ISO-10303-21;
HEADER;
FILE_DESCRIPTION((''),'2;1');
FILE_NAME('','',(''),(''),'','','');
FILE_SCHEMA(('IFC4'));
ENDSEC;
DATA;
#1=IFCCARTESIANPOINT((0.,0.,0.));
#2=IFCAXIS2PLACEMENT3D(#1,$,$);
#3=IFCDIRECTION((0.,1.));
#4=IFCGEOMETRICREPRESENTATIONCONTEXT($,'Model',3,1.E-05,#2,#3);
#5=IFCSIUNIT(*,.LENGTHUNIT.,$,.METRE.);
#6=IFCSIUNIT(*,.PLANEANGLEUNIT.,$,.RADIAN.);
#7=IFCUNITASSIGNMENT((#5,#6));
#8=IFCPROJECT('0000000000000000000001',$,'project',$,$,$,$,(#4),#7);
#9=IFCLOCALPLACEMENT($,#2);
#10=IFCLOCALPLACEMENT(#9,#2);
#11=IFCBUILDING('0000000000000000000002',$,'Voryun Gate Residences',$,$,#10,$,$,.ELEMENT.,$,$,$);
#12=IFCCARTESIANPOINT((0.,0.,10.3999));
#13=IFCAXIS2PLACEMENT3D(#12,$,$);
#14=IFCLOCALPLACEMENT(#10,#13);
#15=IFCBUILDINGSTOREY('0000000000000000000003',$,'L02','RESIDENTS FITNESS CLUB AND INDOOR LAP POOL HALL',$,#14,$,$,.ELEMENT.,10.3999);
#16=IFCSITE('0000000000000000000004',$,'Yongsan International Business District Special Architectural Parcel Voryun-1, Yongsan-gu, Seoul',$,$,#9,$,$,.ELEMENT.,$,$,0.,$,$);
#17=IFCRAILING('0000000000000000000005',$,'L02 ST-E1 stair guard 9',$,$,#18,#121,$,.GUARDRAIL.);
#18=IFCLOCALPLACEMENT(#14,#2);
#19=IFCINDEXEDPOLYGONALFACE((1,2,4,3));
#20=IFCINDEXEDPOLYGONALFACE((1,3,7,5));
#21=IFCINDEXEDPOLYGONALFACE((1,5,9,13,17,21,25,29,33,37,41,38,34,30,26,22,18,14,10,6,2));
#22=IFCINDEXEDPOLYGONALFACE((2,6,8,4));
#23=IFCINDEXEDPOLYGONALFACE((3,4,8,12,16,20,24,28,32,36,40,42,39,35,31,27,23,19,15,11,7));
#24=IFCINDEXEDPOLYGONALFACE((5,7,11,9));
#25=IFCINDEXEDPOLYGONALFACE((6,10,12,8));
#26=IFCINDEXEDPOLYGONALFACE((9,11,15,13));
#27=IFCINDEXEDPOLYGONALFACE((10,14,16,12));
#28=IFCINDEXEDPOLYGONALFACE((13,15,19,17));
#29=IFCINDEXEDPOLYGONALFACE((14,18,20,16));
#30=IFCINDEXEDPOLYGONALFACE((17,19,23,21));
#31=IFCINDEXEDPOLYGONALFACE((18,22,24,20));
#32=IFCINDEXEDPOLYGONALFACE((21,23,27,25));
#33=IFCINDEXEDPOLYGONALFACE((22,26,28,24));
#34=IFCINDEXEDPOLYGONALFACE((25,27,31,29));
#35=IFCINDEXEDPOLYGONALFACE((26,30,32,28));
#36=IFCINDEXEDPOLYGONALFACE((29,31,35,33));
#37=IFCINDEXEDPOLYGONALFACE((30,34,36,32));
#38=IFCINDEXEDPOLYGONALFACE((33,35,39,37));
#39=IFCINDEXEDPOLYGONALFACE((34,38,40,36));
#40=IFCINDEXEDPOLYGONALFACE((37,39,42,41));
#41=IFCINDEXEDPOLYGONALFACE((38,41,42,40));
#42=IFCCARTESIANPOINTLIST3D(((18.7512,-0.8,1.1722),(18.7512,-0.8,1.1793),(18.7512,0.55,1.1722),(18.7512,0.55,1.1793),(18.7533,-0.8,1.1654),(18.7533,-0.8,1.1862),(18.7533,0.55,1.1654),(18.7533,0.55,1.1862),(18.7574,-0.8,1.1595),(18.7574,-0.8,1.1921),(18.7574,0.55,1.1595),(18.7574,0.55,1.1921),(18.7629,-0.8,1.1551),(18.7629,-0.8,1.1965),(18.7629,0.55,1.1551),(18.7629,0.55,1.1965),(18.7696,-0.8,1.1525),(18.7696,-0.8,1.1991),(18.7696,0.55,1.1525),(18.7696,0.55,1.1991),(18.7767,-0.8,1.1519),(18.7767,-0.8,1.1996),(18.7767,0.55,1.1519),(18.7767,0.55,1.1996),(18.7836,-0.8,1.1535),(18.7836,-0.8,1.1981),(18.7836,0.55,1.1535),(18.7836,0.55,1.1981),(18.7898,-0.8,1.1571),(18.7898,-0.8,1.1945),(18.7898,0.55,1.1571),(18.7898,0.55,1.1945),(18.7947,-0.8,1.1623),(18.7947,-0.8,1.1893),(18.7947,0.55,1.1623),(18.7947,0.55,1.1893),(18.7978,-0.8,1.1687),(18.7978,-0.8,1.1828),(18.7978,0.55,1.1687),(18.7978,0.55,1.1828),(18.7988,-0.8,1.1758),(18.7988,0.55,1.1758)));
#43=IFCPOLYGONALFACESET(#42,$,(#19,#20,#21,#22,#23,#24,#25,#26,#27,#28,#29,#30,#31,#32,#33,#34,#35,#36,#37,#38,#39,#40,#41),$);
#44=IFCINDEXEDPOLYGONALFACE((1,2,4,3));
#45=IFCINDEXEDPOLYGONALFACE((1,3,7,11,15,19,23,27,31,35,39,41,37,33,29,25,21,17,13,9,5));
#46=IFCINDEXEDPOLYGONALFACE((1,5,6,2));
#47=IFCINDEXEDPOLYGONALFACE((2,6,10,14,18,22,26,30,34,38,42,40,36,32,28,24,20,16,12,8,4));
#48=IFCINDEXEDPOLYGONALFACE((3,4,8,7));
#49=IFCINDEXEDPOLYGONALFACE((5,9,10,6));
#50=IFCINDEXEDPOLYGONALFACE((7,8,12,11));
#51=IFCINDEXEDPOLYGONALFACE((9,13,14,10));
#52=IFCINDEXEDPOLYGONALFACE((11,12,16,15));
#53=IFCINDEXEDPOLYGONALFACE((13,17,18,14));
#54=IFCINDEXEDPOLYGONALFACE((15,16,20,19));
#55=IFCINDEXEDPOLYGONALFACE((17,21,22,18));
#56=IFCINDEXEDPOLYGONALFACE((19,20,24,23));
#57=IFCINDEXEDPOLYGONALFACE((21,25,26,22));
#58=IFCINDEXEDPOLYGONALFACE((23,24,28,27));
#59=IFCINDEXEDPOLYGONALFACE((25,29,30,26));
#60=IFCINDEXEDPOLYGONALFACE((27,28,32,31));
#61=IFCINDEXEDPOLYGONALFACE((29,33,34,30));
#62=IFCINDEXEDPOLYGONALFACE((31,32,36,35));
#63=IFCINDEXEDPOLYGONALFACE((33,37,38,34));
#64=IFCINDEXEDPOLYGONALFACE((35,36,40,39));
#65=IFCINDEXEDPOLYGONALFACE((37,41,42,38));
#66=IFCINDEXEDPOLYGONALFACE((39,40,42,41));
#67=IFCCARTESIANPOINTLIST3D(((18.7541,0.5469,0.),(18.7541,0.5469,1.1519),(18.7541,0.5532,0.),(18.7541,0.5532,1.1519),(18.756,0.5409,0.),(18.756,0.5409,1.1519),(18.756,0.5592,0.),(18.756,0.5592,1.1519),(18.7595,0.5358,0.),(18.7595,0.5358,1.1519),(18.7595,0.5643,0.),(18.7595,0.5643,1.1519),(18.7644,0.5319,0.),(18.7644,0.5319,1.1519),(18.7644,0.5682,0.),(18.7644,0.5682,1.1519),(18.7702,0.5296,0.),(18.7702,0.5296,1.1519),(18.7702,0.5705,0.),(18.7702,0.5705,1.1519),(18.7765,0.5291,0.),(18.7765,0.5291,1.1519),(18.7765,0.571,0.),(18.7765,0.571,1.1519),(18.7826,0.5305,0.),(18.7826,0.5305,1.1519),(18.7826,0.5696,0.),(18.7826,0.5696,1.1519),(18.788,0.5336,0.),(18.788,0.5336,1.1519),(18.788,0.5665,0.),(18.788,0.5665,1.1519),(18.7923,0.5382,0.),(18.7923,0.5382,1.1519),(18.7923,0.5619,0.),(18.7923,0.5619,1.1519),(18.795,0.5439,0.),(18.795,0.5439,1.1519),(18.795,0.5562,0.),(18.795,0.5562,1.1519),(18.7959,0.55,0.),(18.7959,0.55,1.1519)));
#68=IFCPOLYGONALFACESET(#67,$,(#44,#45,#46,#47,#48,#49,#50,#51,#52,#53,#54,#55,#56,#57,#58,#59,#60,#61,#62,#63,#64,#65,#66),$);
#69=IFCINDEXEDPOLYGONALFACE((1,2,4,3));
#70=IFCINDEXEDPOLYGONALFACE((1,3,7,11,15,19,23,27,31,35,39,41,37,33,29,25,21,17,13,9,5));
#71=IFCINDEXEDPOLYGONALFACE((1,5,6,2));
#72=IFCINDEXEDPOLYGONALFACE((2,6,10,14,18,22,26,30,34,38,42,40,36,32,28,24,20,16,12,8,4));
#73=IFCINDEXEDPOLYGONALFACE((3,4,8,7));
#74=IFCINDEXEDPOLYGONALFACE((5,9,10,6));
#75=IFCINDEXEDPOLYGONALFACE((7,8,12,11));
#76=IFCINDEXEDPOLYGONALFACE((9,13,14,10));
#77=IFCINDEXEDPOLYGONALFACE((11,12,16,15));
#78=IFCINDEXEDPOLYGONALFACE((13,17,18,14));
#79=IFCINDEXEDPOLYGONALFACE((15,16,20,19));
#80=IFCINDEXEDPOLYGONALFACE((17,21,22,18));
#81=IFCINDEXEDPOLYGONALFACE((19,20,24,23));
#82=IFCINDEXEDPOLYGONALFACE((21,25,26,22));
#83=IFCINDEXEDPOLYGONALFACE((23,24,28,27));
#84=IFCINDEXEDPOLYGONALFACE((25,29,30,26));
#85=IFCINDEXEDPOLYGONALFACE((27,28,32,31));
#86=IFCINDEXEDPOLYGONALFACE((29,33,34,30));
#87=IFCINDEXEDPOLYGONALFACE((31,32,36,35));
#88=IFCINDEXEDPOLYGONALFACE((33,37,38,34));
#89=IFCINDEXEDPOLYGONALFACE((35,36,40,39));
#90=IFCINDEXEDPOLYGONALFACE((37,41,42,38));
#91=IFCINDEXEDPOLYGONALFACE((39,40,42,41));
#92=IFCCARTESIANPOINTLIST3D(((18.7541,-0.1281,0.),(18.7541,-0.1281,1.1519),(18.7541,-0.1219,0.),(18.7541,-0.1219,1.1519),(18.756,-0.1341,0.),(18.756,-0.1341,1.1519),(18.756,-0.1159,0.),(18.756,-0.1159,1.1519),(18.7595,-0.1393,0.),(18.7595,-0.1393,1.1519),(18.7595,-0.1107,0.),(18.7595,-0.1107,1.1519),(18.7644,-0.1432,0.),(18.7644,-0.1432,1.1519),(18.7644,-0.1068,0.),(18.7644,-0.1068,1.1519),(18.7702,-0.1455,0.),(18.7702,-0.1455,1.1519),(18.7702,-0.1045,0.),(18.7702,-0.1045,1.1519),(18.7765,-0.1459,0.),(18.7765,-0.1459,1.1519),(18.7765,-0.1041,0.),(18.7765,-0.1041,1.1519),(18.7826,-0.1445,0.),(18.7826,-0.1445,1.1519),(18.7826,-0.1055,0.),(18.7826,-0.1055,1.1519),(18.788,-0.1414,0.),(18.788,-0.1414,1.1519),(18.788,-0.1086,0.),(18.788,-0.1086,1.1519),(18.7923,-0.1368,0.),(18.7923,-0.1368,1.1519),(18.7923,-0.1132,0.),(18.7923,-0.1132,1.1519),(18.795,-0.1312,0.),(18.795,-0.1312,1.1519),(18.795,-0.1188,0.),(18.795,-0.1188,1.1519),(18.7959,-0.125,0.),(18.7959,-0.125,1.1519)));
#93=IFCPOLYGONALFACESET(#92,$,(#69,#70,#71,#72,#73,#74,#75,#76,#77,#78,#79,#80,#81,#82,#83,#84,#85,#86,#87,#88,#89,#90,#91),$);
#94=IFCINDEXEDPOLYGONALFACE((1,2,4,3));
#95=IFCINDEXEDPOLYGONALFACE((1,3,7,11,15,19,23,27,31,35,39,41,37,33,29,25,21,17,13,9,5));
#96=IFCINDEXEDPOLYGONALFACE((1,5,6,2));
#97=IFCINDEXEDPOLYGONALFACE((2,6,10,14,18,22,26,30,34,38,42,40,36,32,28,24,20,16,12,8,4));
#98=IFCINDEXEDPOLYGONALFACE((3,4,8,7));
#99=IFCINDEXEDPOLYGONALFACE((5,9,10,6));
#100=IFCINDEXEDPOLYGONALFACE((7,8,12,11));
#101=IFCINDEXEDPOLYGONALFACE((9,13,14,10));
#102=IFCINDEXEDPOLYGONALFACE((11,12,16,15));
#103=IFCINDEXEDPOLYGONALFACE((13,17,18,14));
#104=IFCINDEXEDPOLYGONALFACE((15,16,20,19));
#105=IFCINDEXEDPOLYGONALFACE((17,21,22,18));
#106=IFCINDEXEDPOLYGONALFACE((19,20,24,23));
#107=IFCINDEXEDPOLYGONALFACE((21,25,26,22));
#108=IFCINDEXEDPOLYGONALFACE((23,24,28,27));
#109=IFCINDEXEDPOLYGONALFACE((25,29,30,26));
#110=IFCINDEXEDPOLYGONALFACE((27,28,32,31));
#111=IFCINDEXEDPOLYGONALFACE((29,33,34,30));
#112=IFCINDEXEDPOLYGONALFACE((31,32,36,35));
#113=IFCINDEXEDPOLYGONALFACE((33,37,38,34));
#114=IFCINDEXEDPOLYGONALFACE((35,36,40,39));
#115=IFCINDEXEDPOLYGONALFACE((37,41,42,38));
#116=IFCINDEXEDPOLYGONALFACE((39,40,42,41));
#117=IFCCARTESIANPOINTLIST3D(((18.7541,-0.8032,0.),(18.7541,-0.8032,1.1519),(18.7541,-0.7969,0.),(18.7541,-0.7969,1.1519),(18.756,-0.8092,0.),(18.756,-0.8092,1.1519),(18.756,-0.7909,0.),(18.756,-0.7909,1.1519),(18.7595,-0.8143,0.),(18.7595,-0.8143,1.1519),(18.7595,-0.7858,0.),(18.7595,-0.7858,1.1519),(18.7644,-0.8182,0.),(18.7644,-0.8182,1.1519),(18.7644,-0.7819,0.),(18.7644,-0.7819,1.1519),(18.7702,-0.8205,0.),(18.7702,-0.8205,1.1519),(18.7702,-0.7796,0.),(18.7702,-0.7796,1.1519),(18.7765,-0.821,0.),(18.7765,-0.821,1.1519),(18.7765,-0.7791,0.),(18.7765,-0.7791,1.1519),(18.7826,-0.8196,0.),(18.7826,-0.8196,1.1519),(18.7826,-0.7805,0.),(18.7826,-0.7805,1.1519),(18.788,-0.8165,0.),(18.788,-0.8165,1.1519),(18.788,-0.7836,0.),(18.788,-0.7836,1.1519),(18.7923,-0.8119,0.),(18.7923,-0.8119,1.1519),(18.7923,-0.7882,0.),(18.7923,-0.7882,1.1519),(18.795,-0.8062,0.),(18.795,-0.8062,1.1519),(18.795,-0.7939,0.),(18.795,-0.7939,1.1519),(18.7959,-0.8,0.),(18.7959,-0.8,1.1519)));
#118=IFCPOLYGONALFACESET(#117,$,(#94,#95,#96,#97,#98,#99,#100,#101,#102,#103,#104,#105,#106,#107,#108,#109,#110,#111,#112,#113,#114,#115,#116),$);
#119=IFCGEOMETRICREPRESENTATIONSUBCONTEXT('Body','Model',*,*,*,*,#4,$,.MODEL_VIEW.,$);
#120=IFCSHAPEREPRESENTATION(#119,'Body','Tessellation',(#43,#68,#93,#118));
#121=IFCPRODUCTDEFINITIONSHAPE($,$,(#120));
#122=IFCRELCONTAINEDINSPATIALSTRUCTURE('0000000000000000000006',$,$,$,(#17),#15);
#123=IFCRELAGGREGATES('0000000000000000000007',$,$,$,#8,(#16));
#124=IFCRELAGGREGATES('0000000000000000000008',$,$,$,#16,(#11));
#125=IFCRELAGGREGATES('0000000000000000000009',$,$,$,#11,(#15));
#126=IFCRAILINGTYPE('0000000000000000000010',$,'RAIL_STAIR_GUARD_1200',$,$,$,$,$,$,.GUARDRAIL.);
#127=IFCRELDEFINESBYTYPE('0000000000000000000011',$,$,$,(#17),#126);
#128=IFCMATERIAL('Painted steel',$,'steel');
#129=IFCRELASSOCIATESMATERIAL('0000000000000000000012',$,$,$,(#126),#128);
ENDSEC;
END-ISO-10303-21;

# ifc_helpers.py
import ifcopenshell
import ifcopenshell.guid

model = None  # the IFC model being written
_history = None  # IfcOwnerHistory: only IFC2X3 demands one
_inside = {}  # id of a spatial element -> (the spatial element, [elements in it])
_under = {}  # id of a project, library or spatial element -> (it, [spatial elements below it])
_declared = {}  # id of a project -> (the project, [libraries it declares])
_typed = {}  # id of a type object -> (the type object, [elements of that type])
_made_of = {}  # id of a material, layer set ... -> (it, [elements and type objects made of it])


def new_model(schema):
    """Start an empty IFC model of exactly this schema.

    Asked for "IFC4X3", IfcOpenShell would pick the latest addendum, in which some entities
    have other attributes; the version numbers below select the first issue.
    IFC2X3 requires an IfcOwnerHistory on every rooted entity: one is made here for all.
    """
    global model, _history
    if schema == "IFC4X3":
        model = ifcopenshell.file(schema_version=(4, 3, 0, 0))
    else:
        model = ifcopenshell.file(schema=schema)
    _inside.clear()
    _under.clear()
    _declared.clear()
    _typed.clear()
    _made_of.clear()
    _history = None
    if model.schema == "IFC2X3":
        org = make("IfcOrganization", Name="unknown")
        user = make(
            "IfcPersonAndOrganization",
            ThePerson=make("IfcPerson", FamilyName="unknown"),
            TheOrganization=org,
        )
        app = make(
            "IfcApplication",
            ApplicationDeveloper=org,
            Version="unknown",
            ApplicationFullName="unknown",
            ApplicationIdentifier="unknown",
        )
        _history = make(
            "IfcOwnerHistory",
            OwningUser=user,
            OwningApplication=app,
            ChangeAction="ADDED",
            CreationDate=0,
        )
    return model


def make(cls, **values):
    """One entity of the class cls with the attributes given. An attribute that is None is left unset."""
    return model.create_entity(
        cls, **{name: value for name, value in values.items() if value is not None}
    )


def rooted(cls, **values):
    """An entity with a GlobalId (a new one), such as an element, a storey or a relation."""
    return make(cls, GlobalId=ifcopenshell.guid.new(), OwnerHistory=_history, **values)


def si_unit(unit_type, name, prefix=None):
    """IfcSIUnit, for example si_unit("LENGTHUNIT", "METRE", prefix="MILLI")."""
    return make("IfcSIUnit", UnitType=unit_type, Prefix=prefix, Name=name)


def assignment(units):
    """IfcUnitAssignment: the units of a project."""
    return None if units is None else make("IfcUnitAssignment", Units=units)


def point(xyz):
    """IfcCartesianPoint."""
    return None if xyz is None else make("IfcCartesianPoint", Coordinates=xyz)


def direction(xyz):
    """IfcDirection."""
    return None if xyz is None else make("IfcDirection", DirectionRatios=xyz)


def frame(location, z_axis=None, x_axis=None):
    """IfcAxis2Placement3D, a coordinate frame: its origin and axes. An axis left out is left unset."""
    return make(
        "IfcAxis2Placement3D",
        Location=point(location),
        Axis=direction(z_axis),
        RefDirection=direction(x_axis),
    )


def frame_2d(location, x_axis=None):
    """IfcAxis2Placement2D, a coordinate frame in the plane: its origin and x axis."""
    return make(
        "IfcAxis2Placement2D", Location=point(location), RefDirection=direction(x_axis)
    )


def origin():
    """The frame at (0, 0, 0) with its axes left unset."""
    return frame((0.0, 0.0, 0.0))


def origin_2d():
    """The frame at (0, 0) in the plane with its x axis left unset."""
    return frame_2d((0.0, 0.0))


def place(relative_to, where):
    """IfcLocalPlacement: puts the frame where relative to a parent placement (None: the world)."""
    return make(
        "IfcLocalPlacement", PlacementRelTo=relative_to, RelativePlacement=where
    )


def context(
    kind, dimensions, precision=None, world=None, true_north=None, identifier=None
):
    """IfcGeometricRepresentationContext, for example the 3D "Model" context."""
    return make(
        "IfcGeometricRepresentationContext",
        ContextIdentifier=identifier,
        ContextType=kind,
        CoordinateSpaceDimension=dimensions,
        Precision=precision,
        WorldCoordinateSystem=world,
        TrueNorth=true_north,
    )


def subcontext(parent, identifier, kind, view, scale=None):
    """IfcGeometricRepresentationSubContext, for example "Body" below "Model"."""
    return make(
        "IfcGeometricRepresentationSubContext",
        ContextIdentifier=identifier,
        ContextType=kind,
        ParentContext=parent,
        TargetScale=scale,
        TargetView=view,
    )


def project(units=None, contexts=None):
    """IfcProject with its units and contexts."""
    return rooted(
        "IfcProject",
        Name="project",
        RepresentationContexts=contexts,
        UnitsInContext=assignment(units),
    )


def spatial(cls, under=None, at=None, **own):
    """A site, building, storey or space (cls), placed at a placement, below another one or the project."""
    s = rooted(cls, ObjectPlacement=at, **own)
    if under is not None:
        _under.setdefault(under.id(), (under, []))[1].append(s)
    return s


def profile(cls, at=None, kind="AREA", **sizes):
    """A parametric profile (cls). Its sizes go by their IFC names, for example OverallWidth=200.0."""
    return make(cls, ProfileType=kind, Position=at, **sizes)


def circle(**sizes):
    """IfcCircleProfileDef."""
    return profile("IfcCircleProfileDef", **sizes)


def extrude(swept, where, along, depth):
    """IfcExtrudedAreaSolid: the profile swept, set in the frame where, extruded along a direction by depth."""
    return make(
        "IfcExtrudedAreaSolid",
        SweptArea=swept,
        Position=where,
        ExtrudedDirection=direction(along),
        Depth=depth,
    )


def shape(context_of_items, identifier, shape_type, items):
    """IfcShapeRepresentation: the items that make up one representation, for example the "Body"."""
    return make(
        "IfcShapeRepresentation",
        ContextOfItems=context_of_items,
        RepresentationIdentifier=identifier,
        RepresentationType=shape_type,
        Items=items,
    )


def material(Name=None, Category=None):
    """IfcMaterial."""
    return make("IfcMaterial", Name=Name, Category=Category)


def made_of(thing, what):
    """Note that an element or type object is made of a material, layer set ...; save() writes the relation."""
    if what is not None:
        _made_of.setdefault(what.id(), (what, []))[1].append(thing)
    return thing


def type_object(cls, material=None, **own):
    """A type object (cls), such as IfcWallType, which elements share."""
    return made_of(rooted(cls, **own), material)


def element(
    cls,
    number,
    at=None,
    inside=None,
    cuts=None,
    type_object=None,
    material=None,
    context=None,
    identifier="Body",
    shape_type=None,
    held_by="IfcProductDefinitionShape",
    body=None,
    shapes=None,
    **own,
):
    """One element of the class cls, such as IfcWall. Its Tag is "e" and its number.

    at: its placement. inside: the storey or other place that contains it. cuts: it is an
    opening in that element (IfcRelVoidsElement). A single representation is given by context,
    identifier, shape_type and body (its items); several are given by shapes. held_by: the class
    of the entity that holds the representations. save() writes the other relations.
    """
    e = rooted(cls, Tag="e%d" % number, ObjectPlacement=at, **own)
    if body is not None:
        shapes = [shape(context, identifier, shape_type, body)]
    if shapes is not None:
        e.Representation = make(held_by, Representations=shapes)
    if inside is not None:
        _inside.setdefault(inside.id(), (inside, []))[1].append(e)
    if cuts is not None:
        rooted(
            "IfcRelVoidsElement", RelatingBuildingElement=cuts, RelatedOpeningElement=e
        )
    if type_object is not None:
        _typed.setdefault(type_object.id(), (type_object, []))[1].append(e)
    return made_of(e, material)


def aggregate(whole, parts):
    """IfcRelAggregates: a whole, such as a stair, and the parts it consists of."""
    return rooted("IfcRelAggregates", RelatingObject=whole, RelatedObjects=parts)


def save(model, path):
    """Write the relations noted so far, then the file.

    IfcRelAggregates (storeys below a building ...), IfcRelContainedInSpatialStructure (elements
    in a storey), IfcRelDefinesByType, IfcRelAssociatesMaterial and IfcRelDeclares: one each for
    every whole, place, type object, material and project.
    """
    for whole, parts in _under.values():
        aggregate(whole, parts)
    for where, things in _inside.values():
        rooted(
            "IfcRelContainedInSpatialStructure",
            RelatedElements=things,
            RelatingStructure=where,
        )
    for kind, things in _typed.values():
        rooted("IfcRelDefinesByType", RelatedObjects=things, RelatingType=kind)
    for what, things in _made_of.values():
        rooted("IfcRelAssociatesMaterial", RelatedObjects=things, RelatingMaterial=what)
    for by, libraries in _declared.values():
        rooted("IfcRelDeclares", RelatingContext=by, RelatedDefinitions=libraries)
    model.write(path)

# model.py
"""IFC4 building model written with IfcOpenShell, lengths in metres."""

from ifc_helpers import new_model, si_unit, direction, frame, origin, origin_2d, place, context, subcontext, project, spatial, circle, extrude, material, type_object, element, save


model = new_model("IFC4")

# Units and contexts
model_context = context("Model", 3, precision=1e-05, world=origin(), true_north=direction((0.0, 1.0)))
body_context = subcontext(model_context, "Body", "Model", "MODEL_VIEW")
ifc_project = project(units=[si_unit("LENGTHUNIT", "METRE"), si_unit("PLANEANGLEUNIT", "RADIAN")], contexts=[model_context])

# Site, building, storey
site_placement = place(None, origin())
site = spatial("IfcSite", under=ifc_project, at=site_placement, Name="Yongsan International Business District Special Architectural Parcel Voryun-1, Yongsan-gu, Seoul", CompositionType="ELEMENT", RefElevation=0.0)
building_placement = place(site_placement, origin())
building = spatial("IfcBuilding", under=site, at=building_placement, Name="Voryun Gate Residences", CompositionType="ELEMENT")
storey_placement = place(building_placement, frame((0.0, 0.0, 10.3999)))
storey = spatial("IfcBuildingStorey", under=building, at=storey_placement, Name="L02", Description="RESIDENTS FITNESS CLUB AND INDOOR LAP POOL HALL", CompositionType="ELEMENT", Elevation=10.3999)

# Railing
ifc_material_1 = material(Name="Painted steel", Category="steel")
railing_type_1 = type_object("IfcRailingType", Name="RAIL_STAIR_GUARD_1200", PredefinedType="GUARDRAIL", material=ifc_material_1)
for number, where, name in (
    (1, (18.7749, 0.55, 0.0), "L02 ST-E1 stair guard 9"),
):
    element("IfcRailing", number, at=place(storey_placement, frame(where)), inside=storey, type_object=railing_type_1, Name=name, PredefinedType="GUARDRAIL", context=body_context, shape_type="SweptSolid", body=[
        extrude(circle(Radius=0.0239, at=origin_2d()), frame((0.0, 0.0, 1.1758), z_axis=(0.0, -1.0, 0.0), x_axis=(1.0, 0.0, 0.0)), (0.0, 0.0, 1.0), 1.3501),
        extrude(circle(Radius=0.021, at=origin_2d()), origin(), (0.0, 0.0, 1.0), 1.1519),
        extrude(circle(Radius=0.021, at=origin_2d()), frame((0.0, -0.675, 0.0)), (0.0, 0.0, 1.0), 1.1519),
        extrude(circle(Radius=0.021, at=origin_2d()), frame((0.0, -1.3501, 0.0)), (0.0, 0.0, 1.0), 1.1519),
    ])

save(model, "model.ifc")
